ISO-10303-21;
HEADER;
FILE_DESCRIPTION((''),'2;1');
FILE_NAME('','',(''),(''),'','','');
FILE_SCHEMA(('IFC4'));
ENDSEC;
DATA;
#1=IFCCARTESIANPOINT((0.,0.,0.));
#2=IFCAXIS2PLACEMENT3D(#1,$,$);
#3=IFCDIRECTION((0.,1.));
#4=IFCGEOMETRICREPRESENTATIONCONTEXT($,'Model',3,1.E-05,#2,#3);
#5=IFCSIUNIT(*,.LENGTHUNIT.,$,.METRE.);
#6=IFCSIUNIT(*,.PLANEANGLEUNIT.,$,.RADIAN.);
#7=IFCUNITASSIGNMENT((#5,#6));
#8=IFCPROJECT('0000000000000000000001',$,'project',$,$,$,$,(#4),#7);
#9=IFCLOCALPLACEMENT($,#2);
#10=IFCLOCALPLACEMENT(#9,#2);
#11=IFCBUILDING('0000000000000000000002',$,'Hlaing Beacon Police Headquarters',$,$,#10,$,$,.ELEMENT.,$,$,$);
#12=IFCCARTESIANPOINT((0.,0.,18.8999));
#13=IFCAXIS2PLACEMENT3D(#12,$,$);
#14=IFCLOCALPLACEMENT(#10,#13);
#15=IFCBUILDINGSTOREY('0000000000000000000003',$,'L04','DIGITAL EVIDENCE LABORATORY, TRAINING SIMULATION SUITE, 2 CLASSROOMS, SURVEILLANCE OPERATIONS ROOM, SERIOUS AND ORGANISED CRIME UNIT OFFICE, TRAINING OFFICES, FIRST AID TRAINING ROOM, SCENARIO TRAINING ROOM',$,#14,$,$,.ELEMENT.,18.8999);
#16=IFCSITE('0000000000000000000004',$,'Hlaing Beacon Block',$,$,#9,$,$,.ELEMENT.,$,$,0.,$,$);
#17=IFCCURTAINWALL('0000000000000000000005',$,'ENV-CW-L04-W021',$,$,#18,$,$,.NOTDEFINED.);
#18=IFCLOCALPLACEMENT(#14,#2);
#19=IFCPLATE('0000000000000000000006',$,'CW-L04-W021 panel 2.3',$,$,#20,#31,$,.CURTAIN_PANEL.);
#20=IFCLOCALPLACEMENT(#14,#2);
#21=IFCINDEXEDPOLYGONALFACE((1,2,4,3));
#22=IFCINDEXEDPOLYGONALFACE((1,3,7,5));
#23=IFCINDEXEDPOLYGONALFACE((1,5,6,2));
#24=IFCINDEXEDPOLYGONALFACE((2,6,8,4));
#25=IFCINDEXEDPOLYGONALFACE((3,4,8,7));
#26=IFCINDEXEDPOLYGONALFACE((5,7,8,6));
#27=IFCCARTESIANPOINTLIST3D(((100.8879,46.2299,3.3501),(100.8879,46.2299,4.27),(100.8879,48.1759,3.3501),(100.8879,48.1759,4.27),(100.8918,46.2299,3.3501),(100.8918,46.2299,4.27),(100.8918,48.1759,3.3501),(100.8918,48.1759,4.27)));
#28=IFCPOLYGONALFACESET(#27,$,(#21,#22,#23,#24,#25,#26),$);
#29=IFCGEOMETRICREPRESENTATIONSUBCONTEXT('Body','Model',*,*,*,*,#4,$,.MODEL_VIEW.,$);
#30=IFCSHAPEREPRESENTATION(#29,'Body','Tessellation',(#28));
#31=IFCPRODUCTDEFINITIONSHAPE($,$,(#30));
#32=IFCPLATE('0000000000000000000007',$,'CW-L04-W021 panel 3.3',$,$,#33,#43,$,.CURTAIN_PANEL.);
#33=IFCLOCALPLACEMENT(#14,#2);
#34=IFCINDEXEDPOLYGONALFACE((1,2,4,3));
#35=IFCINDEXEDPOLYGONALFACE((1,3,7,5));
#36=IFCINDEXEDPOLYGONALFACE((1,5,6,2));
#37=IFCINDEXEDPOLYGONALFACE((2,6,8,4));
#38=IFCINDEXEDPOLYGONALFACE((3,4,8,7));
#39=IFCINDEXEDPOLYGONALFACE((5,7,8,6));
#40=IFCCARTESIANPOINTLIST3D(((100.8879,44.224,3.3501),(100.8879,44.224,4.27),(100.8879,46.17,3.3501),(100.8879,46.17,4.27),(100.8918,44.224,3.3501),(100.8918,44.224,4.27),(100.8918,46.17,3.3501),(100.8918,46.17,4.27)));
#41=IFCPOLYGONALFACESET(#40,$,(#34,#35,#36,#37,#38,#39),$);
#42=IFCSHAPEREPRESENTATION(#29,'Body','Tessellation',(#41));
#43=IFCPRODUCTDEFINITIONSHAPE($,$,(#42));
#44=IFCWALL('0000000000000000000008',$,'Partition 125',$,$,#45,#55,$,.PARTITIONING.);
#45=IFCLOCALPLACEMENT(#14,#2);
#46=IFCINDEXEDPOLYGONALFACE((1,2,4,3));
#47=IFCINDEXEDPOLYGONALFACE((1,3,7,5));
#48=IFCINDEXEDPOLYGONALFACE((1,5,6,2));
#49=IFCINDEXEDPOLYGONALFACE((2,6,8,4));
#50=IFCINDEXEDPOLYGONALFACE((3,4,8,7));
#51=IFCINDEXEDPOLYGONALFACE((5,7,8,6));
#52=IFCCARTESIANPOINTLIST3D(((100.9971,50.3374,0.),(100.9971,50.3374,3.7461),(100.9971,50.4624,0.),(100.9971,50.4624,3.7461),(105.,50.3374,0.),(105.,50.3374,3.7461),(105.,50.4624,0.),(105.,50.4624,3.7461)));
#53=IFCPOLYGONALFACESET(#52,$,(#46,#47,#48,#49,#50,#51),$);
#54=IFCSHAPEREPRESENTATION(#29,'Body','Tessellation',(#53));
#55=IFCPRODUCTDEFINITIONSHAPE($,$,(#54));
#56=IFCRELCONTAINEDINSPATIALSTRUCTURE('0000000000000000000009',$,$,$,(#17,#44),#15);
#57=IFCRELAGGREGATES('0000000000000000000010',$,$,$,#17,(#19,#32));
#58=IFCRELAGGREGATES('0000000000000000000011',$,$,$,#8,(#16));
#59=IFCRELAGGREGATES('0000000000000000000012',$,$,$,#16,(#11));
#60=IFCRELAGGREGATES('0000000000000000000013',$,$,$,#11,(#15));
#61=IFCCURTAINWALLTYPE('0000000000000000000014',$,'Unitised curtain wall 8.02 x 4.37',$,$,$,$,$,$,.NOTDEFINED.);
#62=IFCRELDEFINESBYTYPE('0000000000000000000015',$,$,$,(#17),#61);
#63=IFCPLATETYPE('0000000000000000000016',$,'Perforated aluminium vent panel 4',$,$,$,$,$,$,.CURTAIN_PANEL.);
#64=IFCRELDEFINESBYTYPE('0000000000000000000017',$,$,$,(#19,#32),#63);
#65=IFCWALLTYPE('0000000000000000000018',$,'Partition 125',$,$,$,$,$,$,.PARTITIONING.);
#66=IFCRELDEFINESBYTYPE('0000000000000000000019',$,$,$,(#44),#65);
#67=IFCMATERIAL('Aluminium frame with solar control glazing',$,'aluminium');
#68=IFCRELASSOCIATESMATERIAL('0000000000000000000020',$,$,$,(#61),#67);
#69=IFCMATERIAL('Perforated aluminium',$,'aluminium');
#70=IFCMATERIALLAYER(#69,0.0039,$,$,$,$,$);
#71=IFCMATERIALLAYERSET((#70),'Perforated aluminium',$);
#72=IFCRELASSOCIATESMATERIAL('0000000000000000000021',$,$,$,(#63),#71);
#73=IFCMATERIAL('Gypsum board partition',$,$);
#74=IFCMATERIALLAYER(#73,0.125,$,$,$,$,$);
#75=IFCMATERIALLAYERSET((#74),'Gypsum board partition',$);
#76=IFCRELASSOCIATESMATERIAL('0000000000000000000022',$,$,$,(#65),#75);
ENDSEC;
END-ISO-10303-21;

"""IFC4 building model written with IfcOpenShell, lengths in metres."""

from ifc_helpers import new_model, si_unit, direction, frame, frame_2d, origin, origin_2d, place, context, subcontext, project, spatial, rectangle, extrude, material, layer, layer_set, type_object, element, aggregate, save


model = new_model("IFC4")

# Units and contexts
model_context = context("Model", 3, precision=1e-05, world=origin(), true_north=direction((0.0, 1.0)))
body_context = subcontext(model_context, "Body", "Model", "MODEL_VIEW")
ifc_project = project(units=[si_unit("LENGTHUNIT", "METRE"), si_unit("PLANEANGLEUNIT", "RADIAN")], contexts=[model_context])

# Site, building, storey
site_placement = place(None, origin())
site = spatial("IfcSite", under=ifc_project, at=site_placement, Name="Hlaing Beacon Block", CompositionType="ELEMENT", RefElevation=0.0)
building_placement = place(site_placement, origin())
building = spatial("IfcBuilding", under=site, at=building_placement, Name="Hlaing Beacon Police Headquarters", CompositionType="ELEMENT")
storey_placement = place(building_placement, frame((0.0, 0.0, 18.8999)))
storey = spatial("IfcBuildingStorey", under=building, at=storey_placement, Name="L04", Description="DIGITAL EVIDENCE LABORATORY, TRAINING SIMULATION SUITE, 2 CLASSROOMS, SURVEILLANCE OPERATIONS ROOM, SERIOUS AND ORGANISED CRIME UNIT OFFICE, TRAINING OFFICES, FIRST AID TRAINING ROOM, SCENARIO TRAINING ROOM", CompositionType="ELEMENT", Elevation=18.8999)

# Curtain wall
ifc_material_1 = material(Name="Aluminium frame with solar control glazing", Category="aluminium")
curtain_wall_type = type_object("IfcCurtainWallType", Name="Unitised curtain wall 8.02 x 4.37", PredefinedType="NOTDEFINED", material=ifc_material_1)
curtain_wall_placement = place(storey_placement, origin())
curtain_wall = element("IfcCurtainWall", 1, at=curtain_wall_placement, inside=storey, type_object=curtain_wall_type, Name="ENV-CW-L04-W021", PredefinedType="NOTDEFINED")

# Plates
ifc_material_2 = material(Name="Perforated aluminium", Category="aluminium")
ifc_layer_1 = layer(ifc_material_2, 0.0039)
ifc_layer_set_1 = layer_set([ifc_layer_1], Name="Perforated aluminium")
plate_type_1 = type_object("IfcPlateType", Name="Perforated aluminium vent panel 4", PredefinedType="CURTAIN_PANEL", material=ifc_layer_set_1)
plate_1_placement = place(storey_placement, frame((100.8899, 47.2029, 3.3501), z_axis=(0.0, 0.0, 1.0), x_axis=(0.0, -1.0, 0.0)))
plate_1 = element("IfcPlate", 2, at=plate_1_placement, type_object=plate_type_1, Name="CW-L04-W021 panel 2.3", PredefinedType="CURTAIN_PANEL", context=body_context, shape_type="SweptSolid", body=[
    extrude(rectangle(XDim=1.946, YDim=0.0039, at=origin_2d()), origin(), (0.0, 0.0, 1.0), 0.9199),
])
plate_2_placement = place(storey_placement, frame((100.8899, 45.197, 3.3501), z_axis=(0.0, 0.0, 1.0), x_axis=(0.0, -1.0, 0.0)))
plate_2 = element("IfcPlate", 3, at=plate_2_placement, type_object=plate_type_1, Name="CW-L04-W021 panel 3.3", PredefinedType="CURTAIN_PANEL", context=body_context, shape_type="SweptSolid", body=[
    extrude(rectangle(XDim=1.946, YDim=0.0039, at=origin_2d()), origin(), (0.0, 0.0, 1.0), 0.9199),
])
aggregate(curtain_wall, [plate_1, plate_2])

# Wall
ifc_material_3 = material(Name="Gypsum board partition")
ifc_layer_2 = layer(ifc_material_3, 0.125)
ifc_layer_set_2 = layer_set([ifc_layer_2], Name="Gypsum board partition")
wall_type = type_object("IfcWallType", Name="Partition 125", PredefinedType="PARTITIONING", material=ifc_layer_set_2)
wall_placement = place(storey_placement, frame((100.9971, 50.3999, 0.0), z_axis=(0.0, 0.0, 1.0), x_axis=(1.0, 0.0, 0.0)))
element("IfcWall", 4, at=wall_placement, inside=storey, type_object=wall_type, Name="Partition 125", PredefinedType="PARTITIONING", context=body_context, shape_type="SweptSolid", body=[
    extrude(rectangle(XDim=4.0029, YDim=0.125, at=frame_2d((2.0015, 0.0))), origin(), (0.0, 0.0, 1.0), 3.7461),
])

save(model, "model.ifc")
